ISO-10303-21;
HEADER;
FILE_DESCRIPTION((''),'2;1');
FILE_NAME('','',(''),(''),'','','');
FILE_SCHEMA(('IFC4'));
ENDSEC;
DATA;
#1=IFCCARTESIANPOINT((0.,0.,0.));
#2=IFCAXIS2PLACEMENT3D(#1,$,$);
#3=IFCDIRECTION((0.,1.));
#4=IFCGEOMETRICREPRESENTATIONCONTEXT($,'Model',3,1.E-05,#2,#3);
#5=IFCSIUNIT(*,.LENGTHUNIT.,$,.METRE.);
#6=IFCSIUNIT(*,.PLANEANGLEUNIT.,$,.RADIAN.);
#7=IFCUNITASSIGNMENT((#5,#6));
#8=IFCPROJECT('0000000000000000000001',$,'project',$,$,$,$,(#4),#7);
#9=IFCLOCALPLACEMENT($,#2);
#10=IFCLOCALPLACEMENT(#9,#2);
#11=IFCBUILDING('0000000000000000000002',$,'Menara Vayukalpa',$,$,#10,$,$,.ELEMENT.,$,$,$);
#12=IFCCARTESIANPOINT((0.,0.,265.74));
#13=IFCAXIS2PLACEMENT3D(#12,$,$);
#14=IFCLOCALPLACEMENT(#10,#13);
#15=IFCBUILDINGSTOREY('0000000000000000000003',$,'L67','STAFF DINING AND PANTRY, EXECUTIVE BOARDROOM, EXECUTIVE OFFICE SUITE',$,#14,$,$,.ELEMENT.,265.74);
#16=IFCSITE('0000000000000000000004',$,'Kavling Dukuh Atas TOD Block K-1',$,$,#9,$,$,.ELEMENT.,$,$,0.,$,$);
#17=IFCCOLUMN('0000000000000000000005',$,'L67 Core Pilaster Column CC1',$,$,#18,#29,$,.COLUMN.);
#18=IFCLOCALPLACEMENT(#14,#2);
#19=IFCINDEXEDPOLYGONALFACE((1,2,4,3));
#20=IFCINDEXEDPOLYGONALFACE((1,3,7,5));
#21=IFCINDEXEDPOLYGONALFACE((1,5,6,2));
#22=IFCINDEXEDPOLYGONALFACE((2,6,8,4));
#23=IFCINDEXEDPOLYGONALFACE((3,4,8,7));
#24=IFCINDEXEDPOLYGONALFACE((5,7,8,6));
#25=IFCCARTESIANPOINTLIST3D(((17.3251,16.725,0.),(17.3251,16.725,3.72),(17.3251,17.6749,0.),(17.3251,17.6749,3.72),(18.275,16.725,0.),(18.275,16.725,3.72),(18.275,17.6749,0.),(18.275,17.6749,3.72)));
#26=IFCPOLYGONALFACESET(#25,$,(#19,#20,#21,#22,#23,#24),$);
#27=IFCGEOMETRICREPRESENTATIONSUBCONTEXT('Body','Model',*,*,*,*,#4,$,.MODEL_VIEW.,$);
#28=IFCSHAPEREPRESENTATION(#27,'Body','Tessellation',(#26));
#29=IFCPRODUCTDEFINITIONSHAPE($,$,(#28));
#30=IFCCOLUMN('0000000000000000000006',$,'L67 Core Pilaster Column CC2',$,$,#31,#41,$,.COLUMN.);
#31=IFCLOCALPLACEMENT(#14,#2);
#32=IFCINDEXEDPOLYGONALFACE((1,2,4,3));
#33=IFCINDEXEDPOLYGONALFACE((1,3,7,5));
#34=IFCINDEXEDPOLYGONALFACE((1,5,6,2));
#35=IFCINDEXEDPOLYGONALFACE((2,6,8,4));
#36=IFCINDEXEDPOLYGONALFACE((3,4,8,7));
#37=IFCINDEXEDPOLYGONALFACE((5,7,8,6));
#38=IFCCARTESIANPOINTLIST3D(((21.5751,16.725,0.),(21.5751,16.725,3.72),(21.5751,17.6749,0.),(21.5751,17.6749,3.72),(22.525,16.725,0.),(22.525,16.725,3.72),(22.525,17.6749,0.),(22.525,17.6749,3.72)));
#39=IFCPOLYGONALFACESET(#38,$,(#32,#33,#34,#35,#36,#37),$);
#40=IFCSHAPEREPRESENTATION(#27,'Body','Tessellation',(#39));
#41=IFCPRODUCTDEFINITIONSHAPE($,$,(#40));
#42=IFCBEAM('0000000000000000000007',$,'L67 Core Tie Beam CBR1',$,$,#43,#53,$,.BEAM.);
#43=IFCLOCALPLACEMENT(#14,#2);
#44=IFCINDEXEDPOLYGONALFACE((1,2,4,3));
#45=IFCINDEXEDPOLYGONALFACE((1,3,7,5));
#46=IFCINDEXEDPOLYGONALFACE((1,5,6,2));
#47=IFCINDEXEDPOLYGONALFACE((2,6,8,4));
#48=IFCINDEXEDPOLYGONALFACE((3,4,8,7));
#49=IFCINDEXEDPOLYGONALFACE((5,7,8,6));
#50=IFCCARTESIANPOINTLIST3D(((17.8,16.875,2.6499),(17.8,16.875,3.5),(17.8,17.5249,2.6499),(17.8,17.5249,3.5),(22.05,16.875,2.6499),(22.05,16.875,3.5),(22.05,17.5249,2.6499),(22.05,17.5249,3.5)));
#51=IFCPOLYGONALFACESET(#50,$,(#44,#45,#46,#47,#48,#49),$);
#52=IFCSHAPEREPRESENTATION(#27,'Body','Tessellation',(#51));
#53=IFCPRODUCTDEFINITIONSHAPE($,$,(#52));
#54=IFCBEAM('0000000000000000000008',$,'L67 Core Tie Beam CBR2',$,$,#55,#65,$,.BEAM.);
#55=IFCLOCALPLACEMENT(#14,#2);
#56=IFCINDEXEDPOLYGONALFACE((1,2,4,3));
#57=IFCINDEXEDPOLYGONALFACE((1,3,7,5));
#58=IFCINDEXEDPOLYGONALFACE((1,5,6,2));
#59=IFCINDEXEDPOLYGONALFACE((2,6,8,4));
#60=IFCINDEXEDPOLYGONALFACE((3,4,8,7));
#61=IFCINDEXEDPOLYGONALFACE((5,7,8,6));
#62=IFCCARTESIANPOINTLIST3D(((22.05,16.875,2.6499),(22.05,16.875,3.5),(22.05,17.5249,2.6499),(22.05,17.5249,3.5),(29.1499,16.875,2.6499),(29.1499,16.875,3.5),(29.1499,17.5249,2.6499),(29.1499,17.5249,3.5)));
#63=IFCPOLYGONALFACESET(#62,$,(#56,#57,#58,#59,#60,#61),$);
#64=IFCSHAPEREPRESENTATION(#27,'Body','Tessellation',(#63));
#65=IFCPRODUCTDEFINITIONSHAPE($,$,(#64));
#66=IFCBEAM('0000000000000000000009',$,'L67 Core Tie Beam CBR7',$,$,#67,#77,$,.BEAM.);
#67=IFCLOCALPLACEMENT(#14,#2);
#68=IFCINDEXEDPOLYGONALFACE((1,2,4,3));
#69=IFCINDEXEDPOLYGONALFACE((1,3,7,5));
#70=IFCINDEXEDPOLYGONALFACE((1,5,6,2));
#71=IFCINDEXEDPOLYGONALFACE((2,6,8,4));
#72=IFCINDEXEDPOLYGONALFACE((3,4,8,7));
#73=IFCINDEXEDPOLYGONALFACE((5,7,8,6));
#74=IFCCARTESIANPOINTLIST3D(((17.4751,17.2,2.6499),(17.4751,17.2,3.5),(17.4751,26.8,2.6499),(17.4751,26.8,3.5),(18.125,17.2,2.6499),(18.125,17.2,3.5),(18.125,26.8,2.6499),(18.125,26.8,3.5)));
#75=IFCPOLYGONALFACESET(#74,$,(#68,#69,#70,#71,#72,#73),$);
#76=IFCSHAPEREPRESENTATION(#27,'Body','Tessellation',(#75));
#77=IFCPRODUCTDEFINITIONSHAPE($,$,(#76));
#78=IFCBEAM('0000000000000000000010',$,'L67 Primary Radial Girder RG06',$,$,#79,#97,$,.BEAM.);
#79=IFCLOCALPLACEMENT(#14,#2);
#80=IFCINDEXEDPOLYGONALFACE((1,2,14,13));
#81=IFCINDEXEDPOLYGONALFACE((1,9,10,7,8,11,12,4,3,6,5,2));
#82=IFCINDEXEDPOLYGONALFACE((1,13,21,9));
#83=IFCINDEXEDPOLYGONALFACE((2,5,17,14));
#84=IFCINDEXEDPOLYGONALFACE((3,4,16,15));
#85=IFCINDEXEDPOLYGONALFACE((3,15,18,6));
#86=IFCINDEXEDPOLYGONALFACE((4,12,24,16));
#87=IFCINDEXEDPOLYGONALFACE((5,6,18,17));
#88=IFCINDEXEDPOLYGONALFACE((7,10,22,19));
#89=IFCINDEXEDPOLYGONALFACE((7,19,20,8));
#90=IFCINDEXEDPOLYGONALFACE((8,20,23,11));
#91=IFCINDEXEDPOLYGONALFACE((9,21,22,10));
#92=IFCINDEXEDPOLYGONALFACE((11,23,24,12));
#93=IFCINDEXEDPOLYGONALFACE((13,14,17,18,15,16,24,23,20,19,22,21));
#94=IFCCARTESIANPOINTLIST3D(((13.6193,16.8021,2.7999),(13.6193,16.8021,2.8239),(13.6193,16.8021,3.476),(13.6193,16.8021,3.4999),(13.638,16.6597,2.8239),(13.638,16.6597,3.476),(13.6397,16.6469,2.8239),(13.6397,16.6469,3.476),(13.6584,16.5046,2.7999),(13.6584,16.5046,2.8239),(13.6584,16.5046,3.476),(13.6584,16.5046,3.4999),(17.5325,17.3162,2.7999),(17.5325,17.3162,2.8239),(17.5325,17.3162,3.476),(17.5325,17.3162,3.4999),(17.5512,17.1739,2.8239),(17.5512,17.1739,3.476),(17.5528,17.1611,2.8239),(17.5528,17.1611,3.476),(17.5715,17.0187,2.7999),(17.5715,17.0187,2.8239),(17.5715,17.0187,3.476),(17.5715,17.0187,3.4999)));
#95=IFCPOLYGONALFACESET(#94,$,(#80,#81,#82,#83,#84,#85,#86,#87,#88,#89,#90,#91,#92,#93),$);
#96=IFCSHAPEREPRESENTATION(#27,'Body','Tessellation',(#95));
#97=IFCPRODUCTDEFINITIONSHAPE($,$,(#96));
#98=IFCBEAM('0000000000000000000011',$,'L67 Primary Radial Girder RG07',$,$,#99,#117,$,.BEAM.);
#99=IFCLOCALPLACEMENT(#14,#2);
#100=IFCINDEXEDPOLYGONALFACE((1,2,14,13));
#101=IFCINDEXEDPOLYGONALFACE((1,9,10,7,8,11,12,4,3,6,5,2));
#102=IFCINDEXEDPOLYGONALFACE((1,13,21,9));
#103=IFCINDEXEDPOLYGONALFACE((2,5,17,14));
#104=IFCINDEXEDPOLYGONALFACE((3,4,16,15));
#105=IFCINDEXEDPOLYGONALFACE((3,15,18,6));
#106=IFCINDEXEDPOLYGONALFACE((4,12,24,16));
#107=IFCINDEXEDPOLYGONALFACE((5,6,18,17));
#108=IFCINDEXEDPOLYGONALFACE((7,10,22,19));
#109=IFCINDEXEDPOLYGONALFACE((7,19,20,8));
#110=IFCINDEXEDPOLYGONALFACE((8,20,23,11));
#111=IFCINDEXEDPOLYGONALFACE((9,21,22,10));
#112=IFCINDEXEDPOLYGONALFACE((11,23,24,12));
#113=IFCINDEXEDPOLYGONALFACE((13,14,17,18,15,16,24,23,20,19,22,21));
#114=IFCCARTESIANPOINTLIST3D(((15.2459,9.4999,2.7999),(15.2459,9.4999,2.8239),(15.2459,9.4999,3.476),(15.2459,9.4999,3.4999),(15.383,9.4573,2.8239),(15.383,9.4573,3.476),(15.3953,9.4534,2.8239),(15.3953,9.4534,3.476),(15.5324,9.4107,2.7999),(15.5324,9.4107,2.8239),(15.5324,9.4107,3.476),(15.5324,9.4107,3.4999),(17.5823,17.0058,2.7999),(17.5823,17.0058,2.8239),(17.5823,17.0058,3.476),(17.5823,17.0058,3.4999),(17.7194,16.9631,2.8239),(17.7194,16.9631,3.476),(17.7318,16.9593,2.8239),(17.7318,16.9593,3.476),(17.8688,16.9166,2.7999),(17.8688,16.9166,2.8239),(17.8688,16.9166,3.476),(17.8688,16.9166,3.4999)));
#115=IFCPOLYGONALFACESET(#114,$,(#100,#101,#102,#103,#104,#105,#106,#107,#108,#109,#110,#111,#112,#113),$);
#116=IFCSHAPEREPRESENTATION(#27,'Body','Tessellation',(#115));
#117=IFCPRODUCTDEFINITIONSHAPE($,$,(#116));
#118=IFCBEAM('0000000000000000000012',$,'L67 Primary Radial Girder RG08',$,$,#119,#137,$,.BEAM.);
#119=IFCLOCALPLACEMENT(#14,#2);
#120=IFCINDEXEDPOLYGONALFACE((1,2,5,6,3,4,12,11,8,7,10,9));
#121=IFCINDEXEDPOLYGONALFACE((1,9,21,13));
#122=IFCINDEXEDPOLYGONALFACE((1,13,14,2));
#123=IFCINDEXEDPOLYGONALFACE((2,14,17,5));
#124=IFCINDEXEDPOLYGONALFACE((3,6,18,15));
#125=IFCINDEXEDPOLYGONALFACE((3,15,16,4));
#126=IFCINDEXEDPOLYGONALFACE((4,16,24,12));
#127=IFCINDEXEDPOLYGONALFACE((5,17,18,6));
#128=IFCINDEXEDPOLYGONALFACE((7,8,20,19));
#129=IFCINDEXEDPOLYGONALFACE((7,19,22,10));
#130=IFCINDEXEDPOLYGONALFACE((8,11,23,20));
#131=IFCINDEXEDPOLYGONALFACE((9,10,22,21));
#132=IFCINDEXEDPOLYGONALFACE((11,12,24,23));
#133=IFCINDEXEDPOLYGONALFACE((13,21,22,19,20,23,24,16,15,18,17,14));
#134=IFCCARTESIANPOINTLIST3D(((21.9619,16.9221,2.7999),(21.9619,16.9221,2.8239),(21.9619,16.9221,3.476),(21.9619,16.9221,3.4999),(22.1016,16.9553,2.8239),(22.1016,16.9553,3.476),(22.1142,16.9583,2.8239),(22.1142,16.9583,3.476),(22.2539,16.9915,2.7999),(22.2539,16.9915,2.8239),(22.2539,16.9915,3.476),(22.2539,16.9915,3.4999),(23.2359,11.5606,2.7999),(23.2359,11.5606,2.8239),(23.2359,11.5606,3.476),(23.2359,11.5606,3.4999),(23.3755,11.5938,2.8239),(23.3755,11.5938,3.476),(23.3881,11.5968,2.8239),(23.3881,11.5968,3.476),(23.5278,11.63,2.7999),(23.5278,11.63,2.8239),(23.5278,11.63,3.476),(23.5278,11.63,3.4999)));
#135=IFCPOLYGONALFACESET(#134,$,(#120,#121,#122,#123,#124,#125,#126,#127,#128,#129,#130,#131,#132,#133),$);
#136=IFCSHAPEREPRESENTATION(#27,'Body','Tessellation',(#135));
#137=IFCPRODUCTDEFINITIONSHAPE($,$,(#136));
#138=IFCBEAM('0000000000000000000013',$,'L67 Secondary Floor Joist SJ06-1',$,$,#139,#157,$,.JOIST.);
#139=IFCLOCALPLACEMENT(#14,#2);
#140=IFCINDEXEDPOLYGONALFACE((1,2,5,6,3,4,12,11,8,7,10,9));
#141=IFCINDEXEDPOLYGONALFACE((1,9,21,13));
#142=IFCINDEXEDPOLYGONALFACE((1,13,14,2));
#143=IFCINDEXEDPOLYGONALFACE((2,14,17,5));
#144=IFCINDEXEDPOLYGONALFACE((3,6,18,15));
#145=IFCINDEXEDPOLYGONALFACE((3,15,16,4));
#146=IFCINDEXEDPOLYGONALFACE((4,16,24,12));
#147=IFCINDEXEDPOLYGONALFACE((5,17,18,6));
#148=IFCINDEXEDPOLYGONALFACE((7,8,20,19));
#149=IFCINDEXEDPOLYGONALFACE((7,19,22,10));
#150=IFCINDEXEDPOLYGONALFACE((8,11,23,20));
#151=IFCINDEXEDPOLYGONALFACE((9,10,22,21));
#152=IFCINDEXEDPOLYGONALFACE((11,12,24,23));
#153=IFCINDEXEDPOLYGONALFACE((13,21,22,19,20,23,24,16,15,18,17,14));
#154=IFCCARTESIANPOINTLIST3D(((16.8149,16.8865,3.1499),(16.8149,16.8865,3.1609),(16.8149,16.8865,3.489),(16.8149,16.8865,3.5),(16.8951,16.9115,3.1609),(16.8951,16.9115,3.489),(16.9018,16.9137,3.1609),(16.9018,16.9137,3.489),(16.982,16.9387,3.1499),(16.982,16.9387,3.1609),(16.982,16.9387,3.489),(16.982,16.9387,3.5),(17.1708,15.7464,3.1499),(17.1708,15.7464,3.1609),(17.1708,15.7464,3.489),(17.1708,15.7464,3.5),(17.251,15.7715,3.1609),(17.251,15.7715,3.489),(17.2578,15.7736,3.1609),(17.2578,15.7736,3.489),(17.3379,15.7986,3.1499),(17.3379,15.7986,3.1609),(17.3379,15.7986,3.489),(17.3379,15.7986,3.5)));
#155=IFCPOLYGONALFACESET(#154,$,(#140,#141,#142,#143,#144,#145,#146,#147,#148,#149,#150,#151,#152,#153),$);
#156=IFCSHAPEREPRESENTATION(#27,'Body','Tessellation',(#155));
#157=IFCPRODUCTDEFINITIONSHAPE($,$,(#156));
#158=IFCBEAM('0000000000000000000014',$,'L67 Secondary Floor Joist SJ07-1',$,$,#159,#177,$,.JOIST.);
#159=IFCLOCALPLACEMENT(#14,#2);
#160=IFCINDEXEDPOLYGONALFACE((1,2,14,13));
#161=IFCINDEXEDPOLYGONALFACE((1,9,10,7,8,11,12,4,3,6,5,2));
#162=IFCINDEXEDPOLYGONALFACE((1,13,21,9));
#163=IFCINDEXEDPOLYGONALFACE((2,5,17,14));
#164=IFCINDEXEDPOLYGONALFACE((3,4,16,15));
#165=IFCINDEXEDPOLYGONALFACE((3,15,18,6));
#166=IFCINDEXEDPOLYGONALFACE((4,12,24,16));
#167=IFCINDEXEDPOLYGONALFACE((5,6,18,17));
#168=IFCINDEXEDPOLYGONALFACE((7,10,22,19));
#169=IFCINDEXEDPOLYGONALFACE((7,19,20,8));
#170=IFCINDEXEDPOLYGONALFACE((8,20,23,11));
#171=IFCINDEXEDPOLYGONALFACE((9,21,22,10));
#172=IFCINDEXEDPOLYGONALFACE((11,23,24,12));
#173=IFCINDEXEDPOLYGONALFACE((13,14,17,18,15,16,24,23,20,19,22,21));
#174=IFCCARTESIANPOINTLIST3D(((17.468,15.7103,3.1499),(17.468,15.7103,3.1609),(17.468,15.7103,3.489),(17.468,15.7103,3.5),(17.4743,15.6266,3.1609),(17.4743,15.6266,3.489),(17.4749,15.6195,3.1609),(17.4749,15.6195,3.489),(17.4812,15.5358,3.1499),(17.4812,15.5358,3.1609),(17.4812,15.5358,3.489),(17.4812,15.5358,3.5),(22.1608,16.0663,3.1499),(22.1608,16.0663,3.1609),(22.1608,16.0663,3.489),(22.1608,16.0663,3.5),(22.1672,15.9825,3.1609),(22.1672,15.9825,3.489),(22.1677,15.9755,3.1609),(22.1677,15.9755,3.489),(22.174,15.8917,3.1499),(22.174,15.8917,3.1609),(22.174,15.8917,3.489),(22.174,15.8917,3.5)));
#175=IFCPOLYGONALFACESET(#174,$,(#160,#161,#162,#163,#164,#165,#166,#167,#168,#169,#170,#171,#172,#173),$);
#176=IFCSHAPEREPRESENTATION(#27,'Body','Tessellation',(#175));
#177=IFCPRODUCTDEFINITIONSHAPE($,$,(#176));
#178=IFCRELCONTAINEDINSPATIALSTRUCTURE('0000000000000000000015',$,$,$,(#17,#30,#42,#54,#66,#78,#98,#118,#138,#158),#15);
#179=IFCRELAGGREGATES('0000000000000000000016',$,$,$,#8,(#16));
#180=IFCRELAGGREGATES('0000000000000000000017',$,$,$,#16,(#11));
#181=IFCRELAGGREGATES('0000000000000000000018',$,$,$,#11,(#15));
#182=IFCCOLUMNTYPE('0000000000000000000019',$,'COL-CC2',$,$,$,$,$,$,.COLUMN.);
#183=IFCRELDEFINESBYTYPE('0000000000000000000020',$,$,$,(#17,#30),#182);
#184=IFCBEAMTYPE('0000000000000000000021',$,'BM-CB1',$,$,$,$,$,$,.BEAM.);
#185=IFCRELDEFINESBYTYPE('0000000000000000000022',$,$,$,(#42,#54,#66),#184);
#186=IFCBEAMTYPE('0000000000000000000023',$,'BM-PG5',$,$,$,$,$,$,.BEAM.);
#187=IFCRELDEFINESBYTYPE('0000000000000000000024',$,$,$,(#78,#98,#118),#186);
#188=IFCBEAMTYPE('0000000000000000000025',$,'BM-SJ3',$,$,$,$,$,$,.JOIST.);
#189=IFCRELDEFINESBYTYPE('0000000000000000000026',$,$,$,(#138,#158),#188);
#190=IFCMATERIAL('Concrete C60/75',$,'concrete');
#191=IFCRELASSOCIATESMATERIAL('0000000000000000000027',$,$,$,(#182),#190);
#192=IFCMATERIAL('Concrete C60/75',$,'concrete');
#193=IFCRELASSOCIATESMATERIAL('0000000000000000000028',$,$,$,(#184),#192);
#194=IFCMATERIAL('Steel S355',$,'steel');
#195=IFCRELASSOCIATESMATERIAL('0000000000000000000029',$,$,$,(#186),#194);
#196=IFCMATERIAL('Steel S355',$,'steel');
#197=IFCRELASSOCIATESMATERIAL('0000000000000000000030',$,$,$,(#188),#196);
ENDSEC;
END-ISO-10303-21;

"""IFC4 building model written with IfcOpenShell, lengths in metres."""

from ifc_helpers import new_model, si_unit, direction, frame, origin, origin_2d, place, context, subcontext, project, spatial, rectangle, i_section, extrude, material, material_profile, profile_set, type_object, element, save


model = new_model("IFC4")

# Units and contexts
model_context = context("Model", 3, precision=1e-05, world=origin(), true_north=direction((0.0, 1.0)))
body_context = subcontext(model_context, "Body", "Model", "MODEL_VIEW")
ifc_project = project(units=[si_unit("LENGTHUNIT", "METRE"), si_unit("PLANEANGLEUNIT", "RADIAN")], contexts=[model_context])

# Site, building, storey
site_placement = place(None, origin())
site = spatial("IfcSite", under=ifc_project, at=site_placement, Name="Kavling Dukuh Atas TOD Block K-1", CompositionType="ELEMENT", RefElevation=0.0)
building_placement = place(site_placement, origin())
building = spatial("IfcBuilding", under=site, at=building_placement, Name="Menara Vayukalpa", CompositionType="ELEMENT")
storey_placement = place(building_placement, frame((0.0, 0.0, 265.74)))
storey = spatial("IfcBuildingStorey", under=building, at=storey_placement, Name="L67", Description="STAFF DINING AND PANTRY, EXECUTIVE BOARDROOM, EXECUTIVE OFFICE SUITE", CompositionType="ELEMENT", Elevation=265.74)

# Columns
ifc_material_1 = material(Name="Concrete C60/75", Category="concrete")
ifc_material_profile_1 = material_profile(ifc_material_1, rectangle(XDim=0.95, YDim=0.95, at=origin_2d()), Name="RC 950x950")
ifc_profile_set_1 = profile_set([ifc_material_profile_1], Name="Concrete C60/75")
column_type = type_object("IfcColumnType", Name="COL-CC2", PredefinedType="COLUMN", material=ifc_profile_set_1)
for number, where, z_axis, x_axis, name in (
    (1, (17.8, 17.2, 0.0), (0.0, 0.0, 1.0), (1.0, 0.0, 0.0), "L67 Core Pilaster Column CC1"),
    (2, (22.05, 17.2, 0.0), (0.0, 0.0, 1.0), (1.0, 0.0, 0.0), "L67 Core Pilaster Column CC2"),
):
    element("IfcColumn", number, at=place(storey_placement, frame(where, z_axis=z_axis, x_axis=x_axis)), inside=storey, type_object=column_type, Name=name, PredefinedType="COLUMN", context=body_context, shape_type="SweptSolid", body=[
        extrude(rectangle(XDim=0.95, YDim=0.95, at=origin_2d()), origin(), (0.0, 0.0, 1.0), 3.72),
    ])

# Beams
ifc_material_2 = material(Name="Concrete C60/75", Category="concrete")
ifc_material_profile_2 = material_profile(ifc_material_2, rectangle(XDim=0.6499, YDim=0.8501, at=origin_2d()), Name="RC 650x850")
ifc_profile_set_2 = profile_set([ifc_material_profile_2], Name="Concrete C60/75")
beam_type_1 = type_object("IfcBeamType", Name="BM-CB1", PredefinedType="BEAM", material=ifc_profile_set_2)
beam_1_placement = place(storey_placement, frame((17.8, 17.2, 3.075), z_axis=(1.0, 0.0, 0.0), x_axis=(0.0, 1.0, 0.0)))
element("IfcBeam", 3, at=beam_1_placement, inside=storey, type_object=beam_type_1, Name="L67 Core Tie Beam CBR1", PredefinedType="BEAM", context=body_context, shape_type="SweptSolid", body=[
    extrude(rectangle(XDim=0.6499, YDim=0.8501, at=origin_2d()), origin(), (0.0, 0.0, 1.0), 4.25),
])
beam_2_placement = place(storey_placement, frame((22.05, 17.2, 3.075), z_axis=(1.0, 0.0, 0.0), x_axis=(0.0, 1.0, 0.0)))
element("IfcBeam", 4, at=beam_2_placement, inside=storey, type_object=beam_type_1, Name="L67 Core Tie Beam CBR2", PredefinedType="BEAM", context=body_context, shape_type="SweptSolid", body=[
    extrude(rectangle(XDim=0.6499, YDim=0.8501, at=origin_2d()), origin(), (0.0, 0.0, 1.0), 7.0999),
])
beam_3_placement = place(storey_placement, frame((17.8, 17.2, 3.075), z_axis=(0.0, 1.0, 0.0), x_axis=(-1.0, 0.0, 0.0)))
element("IfcBeam", 5, at=beam_3_placement, inside=storey, type_object=beam_type_1, Name="L67 Core Tie Beam CBR7", PredefinedType="BEAM", context=body_context, shape_type="SweptSolid", body=[
    extrude(rectangle(XDim=0.6499, YDim=0.8501, at=origin_2d()), origin(), (0.0, 0.0, 1.0), 9.6001),
])
ifc_material_3 = material(Name="Steel S355", Category="steel")
ifc_material_profile_3 = material_profile(ifc_material_3, i_section(OverallWidth=0.3, OverallDepth=0.7, WebThickness=0.0129, FlangeThickness=0.0239, at=origin_2d()), Name="WF 700x300x13x24")
ifc_profile_set_3 = profile_set([ifc_material_profile_3], Name="Steel S355")
beam_type_2 = type_object("IfcBeamType", Name="BM-PG5", PredefinedType="BEAM", material=ifc_profile_set_3)
beam_4_placement = place(storey_placement, frame((17.552, 17.1675, 3.1499), z_axis=(-0.991478, -0.130275, 0.0), x_axis=(0.130275, -0.991478, 0.0)))
element("IfcBeam", 6, at=beam_4_placement, inside=storey, type_object=beam_type_2, Name="L67 Primary Radial Girder RG06", PredefinedType="BEAM", context=body_context, shape_type="SweptSolid", body=[
    extrude(i_section(OverallWidth=0.3, OverallDepth=0.7, WebThickness=0.0129, FlangeThickness=0.0239, at=origin_2d()), origin(), (0.0, 0.0, 1.0), 3.9468),
])
beam_5_placement = place(storey_placement, frame((17.7256, 16.9612, 3.1499), z_axis=(-0.297214, -0.954811, 0.0), x_axis=(0.954811, -0.297214, 0.0)))
element("IfcBeam", 7, at=beam_5_placement, inside=storey, type_object=beam_type_2, Name="L67 Primary Radial Girder RG07", PredefinedType="BEAM", context=body_context, shape_type="SweptSolid", body=[
    extrude(i_section(OverallWidth=0.3, OverallDepth=0.7, WebThickness=0.0129, FlangeThickness=0.0239, at=origin_2d()), origin(), (0.0, 0.0, 1.0), 7.8611),
])
beam_6_placement = place(storey_placement, frame((22.1079, 16.9568, 3.1499), z_axis=(0.231167, -0.972914, 0.0), x_axis=(0.972914, 0.231167, 0.0)))
element("IfcBeam", 8, at=beam_6_placement, inside=storey, type_object=beam_type_2, Name="L67 Primary Radial Girder RG08", PredefinedType="BEAM", context=body_context, shape_type="SweptSolid", body=[
    extrude(i_section(OverallWidth=0.3, OverallDepth=0.7, WebThickness=0.0129, FlangeThickness=0.0239, at=origin_2d()), origin(), (0.0, 0.0, 1.0), 5.5107),
])
ifc_material_4 = material(Name="Steel S355", Category="steel")
ifc_material_profile_4 = material_profile(ifc_material_4, i_section(OverallWidth=0.175, OverallDepth=0.3501, WebThickness=0.0071, FlangeThickness=0.011, at=origin_2d()), Name="WF 350x175x7x11")
ifc_profile_set_4 = profile_set([ifc_material_profile_4], Name="Steel S355")
beam_type_3 = type_object("IfcBeamType", Name="BM-SJ3", PredefinedType="JOIST", material=ifc_profile_set_4)
beam_7_placement = place(storey_placement, frame((16.8984, 16.9126, 3.325), z_axis=(0.298019, -0.95456, 0.0), x_axis=(0.95456, 0.298019, 0.0)))
element("IfcBeam", 9, at=beam_7_placement, inside=storey, type_object=beam_type_3, Name="L67 Secondary Floor Joist SJ06-1", PredefinedType="JOIST", context=body_context, shape_type="SweptSolid", body=[
    extrude(i_section(OverallWidth=0.175, OverallDepth=0.3501, WebThickness=0.0071, FlangeThickness=0.011, at=origin_2d()), origin(), (0.0, 0.0, 1.0), 1.1943),
])
beam_8_placement = place(storey_placement, frame((17.4746, 15.623, 3.325), z_axis=(0.997136, 0.075633, 0.0), x_axis=(-0.075633, 0.997136, 0.0)))
element("IfcBeam", 10, at=beam_8_placement, inside=storey, type_object=beam_type_3, Name="L67 Secondary Floor Joist SJ07-1", PredefinedType="JOIST", context=body_context, shape_type="SweptSolid", body=[
    extrude(i_section(OverallWidth=0.175, OverallDepth=0.3501, WebThickness=0.0071, FlangeThickness=0.011, at=origin_2d()), origin(), (0.0, 0.0, 1.0), 4.7063),
])

save(model, "model.ifc")
